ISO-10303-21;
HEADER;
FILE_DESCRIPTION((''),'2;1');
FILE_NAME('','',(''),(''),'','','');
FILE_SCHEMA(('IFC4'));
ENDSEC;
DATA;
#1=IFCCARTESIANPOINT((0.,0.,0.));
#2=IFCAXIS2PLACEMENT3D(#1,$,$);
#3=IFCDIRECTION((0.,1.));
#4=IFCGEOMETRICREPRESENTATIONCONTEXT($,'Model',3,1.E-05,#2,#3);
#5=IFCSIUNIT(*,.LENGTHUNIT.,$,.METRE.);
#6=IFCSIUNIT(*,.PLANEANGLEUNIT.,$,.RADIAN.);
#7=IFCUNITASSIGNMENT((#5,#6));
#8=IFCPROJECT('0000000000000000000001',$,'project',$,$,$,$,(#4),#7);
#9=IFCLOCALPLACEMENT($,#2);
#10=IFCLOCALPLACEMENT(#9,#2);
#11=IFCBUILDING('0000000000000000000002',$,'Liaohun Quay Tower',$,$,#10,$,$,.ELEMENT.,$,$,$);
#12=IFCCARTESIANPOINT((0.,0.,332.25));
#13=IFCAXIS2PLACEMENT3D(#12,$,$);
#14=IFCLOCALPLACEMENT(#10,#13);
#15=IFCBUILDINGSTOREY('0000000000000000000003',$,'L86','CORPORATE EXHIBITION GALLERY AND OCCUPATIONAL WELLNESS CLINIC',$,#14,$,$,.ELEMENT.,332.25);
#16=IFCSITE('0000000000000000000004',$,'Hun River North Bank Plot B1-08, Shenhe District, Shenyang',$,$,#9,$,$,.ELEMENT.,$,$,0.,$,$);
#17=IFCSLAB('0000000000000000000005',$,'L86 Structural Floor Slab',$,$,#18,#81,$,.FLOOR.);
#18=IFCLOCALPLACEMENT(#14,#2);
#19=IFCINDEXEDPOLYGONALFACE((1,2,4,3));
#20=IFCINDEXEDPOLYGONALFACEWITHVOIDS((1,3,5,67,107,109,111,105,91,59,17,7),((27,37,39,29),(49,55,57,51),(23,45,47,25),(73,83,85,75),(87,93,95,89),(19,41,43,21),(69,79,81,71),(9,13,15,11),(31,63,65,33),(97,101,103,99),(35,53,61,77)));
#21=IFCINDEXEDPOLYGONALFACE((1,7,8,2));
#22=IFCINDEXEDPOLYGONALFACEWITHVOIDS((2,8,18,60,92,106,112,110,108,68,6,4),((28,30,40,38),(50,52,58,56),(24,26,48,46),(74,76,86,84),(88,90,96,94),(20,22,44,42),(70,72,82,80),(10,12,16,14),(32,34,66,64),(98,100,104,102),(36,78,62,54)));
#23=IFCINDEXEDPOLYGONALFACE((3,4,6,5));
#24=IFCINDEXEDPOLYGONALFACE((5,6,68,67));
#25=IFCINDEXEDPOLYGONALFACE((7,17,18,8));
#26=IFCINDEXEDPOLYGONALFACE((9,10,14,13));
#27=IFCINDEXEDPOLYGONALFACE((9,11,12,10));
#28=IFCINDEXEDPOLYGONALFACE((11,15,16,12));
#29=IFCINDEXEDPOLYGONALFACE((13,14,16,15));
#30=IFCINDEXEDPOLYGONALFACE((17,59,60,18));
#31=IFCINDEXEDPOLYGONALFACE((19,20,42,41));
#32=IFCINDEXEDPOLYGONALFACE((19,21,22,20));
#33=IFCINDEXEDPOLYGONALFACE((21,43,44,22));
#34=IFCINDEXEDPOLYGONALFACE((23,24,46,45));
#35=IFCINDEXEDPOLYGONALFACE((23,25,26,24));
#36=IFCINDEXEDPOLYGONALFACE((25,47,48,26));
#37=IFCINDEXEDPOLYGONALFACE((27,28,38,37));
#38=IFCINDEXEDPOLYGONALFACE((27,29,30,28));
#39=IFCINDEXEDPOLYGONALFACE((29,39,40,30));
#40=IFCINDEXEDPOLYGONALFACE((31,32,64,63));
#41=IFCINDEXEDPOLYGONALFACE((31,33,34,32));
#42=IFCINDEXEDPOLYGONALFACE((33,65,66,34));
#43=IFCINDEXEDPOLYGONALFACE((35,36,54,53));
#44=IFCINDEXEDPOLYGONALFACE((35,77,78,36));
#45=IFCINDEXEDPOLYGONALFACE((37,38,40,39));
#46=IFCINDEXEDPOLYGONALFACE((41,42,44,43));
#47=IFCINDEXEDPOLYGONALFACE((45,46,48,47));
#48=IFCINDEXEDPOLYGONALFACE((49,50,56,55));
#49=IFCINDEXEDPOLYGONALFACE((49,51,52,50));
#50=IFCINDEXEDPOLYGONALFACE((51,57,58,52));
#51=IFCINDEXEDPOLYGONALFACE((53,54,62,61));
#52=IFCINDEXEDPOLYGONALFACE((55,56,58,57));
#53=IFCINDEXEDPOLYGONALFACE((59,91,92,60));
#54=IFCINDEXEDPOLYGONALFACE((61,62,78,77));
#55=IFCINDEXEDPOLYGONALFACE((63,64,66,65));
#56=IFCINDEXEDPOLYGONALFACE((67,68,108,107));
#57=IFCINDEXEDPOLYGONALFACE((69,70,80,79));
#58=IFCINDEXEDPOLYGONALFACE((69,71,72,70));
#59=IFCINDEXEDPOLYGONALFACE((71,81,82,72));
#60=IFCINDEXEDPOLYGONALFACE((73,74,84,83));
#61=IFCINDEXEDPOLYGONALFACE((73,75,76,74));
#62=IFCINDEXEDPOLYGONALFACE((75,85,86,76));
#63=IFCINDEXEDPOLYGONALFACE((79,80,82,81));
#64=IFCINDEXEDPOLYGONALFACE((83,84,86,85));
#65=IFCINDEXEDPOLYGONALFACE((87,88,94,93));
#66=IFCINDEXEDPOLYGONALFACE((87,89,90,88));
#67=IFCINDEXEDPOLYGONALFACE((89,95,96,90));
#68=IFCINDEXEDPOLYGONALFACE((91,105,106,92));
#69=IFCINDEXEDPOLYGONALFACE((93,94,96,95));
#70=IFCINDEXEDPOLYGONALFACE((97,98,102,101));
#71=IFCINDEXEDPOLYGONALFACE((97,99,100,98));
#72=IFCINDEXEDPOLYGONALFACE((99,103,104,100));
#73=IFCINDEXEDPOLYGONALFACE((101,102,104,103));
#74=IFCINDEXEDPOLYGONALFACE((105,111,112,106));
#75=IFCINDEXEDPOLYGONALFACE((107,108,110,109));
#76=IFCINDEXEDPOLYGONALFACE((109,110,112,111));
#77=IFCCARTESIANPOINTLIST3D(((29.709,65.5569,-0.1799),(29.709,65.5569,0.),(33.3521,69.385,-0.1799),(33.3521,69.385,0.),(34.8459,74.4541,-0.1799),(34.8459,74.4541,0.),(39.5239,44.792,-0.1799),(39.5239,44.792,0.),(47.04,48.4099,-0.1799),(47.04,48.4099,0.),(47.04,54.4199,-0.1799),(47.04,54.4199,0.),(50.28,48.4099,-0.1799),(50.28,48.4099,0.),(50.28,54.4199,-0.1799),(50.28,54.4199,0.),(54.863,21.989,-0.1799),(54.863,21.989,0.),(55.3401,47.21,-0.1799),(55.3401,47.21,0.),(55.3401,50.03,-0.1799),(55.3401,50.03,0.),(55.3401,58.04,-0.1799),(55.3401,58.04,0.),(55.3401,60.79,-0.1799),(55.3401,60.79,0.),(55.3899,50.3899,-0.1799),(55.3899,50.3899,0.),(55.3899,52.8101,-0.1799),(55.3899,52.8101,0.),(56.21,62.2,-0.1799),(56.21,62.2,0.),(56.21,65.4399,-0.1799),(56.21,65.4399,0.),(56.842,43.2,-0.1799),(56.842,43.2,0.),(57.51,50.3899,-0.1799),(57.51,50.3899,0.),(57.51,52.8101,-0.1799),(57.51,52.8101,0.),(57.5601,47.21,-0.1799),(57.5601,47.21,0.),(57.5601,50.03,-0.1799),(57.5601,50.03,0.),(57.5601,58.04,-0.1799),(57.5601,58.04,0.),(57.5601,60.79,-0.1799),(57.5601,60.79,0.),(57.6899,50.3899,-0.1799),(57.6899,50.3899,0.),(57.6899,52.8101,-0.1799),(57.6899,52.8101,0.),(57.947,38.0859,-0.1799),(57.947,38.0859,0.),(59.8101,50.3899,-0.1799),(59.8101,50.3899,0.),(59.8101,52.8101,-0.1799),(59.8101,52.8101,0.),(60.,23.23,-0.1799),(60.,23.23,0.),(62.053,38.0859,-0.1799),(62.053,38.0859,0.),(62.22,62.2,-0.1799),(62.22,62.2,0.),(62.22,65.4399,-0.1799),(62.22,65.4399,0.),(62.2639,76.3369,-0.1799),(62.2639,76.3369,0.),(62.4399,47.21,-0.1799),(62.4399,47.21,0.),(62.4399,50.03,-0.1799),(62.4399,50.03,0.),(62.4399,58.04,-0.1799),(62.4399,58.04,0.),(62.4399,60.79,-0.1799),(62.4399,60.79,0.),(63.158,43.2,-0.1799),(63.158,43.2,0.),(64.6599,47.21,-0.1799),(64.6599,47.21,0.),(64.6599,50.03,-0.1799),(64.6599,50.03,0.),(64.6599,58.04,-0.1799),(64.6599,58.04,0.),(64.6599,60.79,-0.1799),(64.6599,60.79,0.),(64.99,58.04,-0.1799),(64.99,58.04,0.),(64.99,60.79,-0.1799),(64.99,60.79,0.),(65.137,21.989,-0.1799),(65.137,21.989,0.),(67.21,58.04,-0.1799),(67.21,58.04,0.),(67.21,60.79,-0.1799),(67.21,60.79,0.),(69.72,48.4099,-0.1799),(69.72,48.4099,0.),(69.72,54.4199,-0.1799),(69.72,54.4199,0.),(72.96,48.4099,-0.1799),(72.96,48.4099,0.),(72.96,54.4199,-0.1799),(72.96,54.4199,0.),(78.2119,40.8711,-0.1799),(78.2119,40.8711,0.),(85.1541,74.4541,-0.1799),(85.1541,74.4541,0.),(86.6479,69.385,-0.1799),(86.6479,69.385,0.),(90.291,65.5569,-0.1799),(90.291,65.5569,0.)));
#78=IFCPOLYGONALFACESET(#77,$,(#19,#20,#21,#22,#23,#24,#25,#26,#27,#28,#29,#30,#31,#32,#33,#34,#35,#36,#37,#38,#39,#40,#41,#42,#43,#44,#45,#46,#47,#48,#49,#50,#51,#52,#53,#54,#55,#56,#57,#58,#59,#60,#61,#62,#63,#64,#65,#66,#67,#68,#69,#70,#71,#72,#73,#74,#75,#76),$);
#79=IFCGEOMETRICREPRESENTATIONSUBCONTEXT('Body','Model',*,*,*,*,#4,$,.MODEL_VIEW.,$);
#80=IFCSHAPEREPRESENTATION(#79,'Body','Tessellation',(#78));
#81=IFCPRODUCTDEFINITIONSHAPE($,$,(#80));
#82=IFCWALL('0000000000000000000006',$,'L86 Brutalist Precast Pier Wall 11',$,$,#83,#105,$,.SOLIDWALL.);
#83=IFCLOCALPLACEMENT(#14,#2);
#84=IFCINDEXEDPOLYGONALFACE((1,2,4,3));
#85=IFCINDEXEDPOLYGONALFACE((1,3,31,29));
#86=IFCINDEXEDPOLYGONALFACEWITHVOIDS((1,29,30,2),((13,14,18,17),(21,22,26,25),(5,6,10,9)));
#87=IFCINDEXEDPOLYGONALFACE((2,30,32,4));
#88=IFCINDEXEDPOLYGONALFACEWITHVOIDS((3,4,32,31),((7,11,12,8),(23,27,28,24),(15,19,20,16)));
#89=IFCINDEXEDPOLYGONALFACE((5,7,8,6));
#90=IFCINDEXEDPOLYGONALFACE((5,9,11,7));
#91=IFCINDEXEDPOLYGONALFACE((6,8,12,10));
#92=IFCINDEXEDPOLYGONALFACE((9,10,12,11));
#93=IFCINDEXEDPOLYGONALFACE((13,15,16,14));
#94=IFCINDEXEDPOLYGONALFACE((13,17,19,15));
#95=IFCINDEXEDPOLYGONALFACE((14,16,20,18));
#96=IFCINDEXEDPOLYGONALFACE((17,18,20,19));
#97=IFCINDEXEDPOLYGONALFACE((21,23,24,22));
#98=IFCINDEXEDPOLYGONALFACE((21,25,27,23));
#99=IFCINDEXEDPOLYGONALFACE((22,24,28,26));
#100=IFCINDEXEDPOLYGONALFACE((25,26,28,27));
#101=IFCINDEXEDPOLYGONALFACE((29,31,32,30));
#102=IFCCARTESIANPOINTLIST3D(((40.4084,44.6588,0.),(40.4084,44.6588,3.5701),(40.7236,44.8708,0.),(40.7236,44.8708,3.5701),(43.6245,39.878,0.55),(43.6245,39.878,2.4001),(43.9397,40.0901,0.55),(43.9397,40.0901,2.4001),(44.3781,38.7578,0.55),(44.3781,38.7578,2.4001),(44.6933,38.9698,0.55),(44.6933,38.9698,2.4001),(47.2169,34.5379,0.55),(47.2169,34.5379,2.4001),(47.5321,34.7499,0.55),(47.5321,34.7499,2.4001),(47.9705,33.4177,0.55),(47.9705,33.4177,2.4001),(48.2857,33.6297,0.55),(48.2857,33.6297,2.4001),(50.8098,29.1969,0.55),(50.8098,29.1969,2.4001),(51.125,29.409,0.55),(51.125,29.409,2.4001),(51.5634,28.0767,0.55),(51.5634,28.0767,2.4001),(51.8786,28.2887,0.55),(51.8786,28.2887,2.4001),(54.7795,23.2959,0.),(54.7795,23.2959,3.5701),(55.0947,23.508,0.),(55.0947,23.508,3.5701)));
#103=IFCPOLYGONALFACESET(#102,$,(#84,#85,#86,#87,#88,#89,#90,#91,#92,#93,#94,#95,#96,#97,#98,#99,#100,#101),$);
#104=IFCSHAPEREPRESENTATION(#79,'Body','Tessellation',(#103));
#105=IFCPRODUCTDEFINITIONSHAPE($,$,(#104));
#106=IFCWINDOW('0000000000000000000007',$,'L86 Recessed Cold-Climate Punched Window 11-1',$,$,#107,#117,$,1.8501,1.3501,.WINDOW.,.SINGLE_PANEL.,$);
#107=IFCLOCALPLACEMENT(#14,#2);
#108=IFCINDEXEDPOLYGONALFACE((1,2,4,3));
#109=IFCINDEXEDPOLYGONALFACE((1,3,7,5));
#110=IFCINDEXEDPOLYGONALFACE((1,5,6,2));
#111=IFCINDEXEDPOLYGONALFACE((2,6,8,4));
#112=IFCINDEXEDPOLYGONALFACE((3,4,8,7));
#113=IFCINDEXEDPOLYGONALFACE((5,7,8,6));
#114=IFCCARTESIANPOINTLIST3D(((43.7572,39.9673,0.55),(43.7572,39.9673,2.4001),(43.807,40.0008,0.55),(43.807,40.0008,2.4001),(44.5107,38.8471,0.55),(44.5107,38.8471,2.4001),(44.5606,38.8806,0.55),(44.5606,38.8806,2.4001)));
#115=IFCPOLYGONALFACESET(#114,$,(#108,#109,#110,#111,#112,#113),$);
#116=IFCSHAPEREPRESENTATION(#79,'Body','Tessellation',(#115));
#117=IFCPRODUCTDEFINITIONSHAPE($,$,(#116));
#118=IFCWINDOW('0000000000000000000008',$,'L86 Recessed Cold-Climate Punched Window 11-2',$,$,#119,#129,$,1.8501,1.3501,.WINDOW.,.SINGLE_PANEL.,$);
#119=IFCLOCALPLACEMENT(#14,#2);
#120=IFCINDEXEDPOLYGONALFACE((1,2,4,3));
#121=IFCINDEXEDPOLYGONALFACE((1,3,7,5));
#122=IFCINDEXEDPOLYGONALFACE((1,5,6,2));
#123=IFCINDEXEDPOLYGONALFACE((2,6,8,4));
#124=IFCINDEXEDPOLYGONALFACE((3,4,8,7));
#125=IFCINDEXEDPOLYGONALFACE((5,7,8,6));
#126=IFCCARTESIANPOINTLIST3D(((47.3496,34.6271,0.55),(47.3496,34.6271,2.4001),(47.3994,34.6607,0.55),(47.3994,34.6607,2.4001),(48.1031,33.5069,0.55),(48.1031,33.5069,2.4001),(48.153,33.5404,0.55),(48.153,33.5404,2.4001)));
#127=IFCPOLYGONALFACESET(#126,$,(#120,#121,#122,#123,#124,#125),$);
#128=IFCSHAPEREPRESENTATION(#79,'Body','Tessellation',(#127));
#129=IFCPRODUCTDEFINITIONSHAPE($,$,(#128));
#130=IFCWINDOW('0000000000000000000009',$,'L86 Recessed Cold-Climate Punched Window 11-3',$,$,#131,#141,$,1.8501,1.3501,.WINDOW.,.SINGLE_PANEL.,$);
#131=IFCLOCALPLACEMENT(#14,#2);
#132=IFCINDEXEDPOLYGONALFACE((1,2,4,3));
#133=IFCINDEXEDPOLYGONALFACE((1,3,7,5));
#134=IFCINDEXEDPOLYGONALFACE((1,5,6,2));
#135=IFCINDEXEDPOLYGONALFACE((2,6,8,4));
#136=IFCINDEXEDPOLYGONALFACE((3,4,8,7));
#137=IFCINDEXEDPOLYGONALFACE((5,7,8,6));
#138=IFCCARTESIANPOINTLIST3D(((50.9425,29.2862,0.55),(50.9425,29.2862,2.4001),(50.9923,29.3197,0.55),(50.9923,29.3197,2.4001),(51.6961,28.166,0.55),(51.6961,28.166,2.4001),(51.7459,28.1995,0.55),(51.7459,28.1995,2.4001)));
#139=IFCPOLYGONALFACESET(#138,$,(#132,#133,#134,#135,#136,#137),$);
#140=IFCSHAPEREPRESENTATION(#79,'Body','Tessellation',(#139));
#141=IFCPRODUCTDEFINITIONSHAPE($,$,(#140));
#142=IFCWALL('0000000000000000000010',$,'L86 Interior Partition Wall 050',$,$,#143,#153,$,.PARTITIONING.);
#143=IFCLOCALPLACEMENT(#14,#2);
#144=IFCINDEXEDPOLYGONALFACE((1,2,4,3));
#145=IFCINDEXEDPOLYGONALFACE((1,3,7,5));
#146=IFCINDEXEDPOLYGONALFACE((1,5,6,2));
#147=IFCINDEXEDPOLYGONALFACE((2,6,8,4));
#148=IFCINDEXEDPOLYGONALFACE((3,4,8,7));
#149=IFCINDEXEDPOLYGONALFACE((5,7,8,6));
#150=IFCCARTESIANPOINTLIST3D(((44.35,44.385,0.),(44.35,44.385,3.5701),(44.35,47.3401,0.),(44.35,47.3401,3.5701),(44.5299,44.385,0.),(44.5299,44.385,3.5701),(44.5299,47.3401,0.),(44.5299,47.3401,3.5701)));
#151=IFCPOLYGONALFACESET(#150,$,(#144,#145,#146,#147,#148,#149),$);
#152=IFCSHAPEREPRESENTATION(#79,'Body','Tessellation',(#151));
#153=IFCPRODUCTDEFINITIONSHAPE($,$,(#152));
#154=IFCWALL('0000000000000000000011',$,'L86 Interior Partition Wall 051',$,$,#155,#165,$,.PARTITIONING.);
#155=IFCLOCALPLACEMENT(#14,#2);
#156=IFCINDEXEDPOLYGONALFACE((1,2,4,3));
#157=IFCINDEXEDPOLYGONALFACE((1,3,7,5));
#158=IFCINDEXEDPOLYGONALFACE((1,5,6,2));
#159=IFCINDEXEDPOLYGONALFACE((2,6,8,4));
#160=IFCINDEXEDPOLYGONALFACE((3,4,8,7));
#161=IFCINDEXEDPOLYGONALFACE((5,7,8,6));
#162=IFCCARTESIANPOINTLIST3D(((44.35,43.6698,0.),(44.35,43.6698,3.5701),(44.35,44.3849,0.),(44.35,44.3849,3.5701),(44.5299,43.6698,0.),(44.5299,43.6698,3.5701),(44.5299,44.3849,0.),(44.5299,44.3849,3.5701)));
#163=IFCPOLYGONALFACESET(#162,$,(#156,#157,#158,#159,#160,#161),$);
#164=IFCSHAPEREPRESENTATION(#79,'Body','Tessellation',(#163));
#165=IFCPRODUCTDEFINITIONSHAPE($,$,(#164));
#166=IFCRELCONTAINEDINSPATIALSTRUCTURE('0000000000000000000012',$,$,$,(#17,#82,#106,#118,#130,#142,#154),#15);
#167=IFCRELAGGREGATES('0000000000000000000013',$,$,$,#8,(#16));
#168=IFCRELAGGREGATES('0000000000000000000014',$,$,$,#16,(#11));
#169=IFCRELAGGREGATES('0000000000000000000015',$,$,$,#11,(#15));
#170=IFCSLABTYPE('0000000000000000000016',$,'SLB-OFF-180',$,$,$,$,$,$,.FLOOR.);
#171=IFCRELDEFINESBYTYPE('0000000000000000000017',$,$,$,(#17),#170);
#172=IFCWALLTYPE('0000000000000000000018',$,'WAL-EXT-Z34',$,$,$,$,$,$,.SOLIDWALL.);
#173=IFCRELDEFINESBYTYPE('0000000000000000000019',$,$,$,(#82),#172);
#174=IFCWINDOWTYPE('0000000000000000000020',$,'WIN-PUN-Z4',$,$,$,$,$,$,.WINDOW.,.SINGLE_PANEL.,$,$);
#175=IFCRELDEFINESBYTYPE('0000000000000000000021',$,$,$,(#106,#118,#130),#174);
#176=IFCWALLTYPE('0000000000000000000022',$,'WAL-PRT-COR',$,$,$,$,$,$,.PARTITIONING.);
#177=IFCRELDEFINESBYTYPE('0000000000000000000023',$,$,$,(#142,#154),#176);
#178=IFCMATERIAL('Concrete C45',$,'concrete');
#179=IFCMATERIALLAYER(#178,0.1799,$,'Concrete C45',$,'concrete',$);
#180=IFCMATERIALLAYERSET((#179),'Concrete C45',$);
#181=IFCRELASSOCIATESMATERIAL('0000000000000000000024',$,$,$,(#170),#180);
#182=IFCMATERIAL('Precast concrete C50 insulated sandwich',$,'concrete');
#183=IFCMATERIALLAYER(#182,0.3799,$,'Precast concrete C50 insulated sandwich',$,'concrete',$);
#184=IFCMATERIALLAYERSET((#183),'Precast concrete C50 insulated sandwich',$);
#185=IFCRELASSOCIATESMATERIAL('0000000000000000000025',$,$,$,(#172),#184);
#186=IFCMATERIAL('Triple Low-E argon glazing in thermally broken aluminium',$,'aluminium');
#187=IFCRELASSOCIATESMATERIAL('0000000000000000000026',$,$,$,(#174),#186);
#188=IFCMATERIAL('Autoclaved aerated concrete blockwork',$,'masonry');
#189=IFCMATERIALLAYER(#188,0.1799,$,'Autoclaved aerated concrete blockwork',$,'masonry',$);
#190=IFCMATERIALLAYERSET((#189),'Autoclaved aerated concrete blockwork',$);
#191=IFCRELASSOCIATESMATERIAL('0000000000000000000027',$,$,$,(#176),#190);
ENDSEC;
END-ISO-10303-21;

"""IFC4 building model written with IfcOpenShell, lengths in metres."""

from ifc_helpers import new_model, si_unit, direction, frame, frame_2d, origin, place, context, subcontext, project, spatial, polyline, rectangle, outline, extrude, source, transform, mapped, material, layer, layer_set, type_object, element, fill, save


model = new_model("IFC4")

# Units and contexts
model_context = context("Model", 3, precision=1e-05, world=origin(), true_north=direction((0.0, 1.0)))
body_context = subcontext(model_context, "Body", "Model", "MODEL_VIEW")
ifc_project = project(units=[si_unit("LENGTHUNIT", "METRE"), si_unit("PLANEANGLEUNIT", "RADIAN")], contexts=[model_context])

# Site, building, storey
site_placement = place(None, origin())
site = spatial("IfcSite", under=ifc_project, at=site_placement, Name="Hun River North Bank Plot B1-08, Shenhe District, Shenyang", CompositionType="ELEMENT", RefElevation=0.0)
building_placement = place(site_placement, origin())
building = spatial("IfcBuilding", under=site, at=building_placement, Name="Liaohun Quay Tower", CompositionType="ELEMENT")
storey_placement = place(building_placement, frame((0.0, 0.0, 332.25)))
storey = spatial("IfcBuildingStorey", under=building, at=storey_placement, Name="L86", Description="CORPORATE EXHIBITION GALLERY AND OCCUPATIONAL WELLNESS CLINIC", CompositionType="ELEMENT", Elevation=332.25)

# Shared definitions
ifc_material_1 = material(Name="Concrete C45", Category="concrete")

# Slab
ifc_layer_1 = layer(ifc_material_1, 0.1799, Name="Concrete C45", Category="concrete")
ifc_layer_set_1 = layer_set([ifc_layer_1], Name="Concrete C45")
slab_type_1 = type_object("IfcSlabType", Name="SLB-OFF-180", PredefinedType="FLOOR", material=ifc_layer_set_1)
slab_1_placement = place(storey_placement, frame((0.0, 0.0, -0.1799)))
element("IfcSlab", 1, at=slab_1_placement, inside=storey, type_object=slab_type_1, Name="L86 Structural Floor Slab", PredefinedType="FLOOR", context=body_context, shape_type="SweptSolid", body=[
    extrude(outline(polyline([(54.863, 21.989), (60.0, 23.23), (65.137, 21.989), (78.2119, 40.8711), (90.291, 65.5569), (86.6479, 69.385), (85.1541, 74.4541), (62.2639, 76.3369), (34.8459, 74.4541), (33.3521, 69.385), (29.709, 65.5569), (39.5239, 44.792), (54.863, 21.989)]), holes=[polyline([(57.5601, 50.03), (55.3401, 50.03), (55.3401, 47.21), (57.5601, 47.21), (57.5601, 50.03)]), polyline([(47.04, 54.4199), (47.04, 48.4099), (50.28, 48.4099), (50.28, 54.4199), (47.04, 54.4199)]), polyline([(57.51, 52.8101), (55.3899, 52.8101), (55.3899, 50.3899), (57.51, 50.3899), (57.51, 52.8101)]), polyline([(59.8101, 50.3899), (59.8101, 52.8101), (57.6899, 52.8101), (57.6899, 50.3899), (59.8101, 50.3899)]), polyline([(57.5601, 58.04), (57.5601, 60.79), (55.3401, 60.79), (55.3401, 58.04), (57.5601, 58.04)]), polyline([(62.22, 65.4399), (56.21, 65.4399), (56.21, 62.2), (62.22, 62.2), (62.22, 65.4399)]), polyline([(62.053, 38.0859), (63.158, 43.2), (56.842, 43.2), (57.947, 38.0859), (62.053, 38.0859)]), polyline([(64.6599, 47.21), (64.6599, 50.03), (62.4399, 50.03), (62.4399, 47.21), (64.6599, 47.21)]), polyline([(69.72, 54.4199), (69.72, 48.4099), (72.96, 48.4099), (72.96, 54.4199), (69.72, 54.4199)]), polyline([(64.6599, 58.04), (64.6599, 60.79), (62.4399, 60.79), (62.4399, 58.04), (64.6599, 58.04)]), polyline([(67.21, 58.04), (67.21, 60.79), (64.99, 60.79), (64.99, 58.04), (67.21, 58.04)])]), origin(), (0.0, 0.0, 1.0), 0.1799),
])

# Wall, openings, windows
ifc_material_2 = material(Name="Precast concrete C50 insulated sandwich", Category="concrete")
ifc_layer_2 = layer(ifc_material_2, 0.3799, Name="Precast concrete C50 insulated sandwich", Category="concrete")
ifc_layer_set_2 = layer_set([ifc_layer_2], Name="Precast concrete C50 insulated sandwich")
wall_type_1 = type_object("IfcWallType", Name="WAL-EXT-Z34", PredefinedType="SOLIDWALL", material=ifc_layer_set_2)
wall_1_placement = place(storey_placement, frame((40.5659, 44.7649, 0.0), z_axis=(0.0, 0.0, 1.0), x_axis=(0.55817, -0.829726, 0.0)))
wall_1 = element("IfcWall", 2, at=wall_1_placement, inside=storey, type_object=wall_type_1, Name="L86 Brutalist Precast Pier Wall 11", PredefinedType="SOLIDWALL", context=body_context, shape_type="SweptSolid", body=[
    extrude(rectangle(XDim=25.7468, YDim=0.3799, at=frame_2d((12.8735, 0.0))), origin(), (0.0, 0.0, 1.0), 3.5701),
])
shared_shape_1 = source(origin(), body_context, "Body", "SweptSolid", [
    extrude(rectangle(XDim=1.3501, YDim=1.8501, at=frame_2d((0.675, 0.925))), frame((0.0, 0.2, 0.0), z_axis=(0.0, -1.0, 0.0), x_axis=(1.0, 0.0, 0.0)), (0.0, 0.0, 1.0), 0.3999),
])
opening_1_placement = place(wall_1_placement, frame((5.762, 0.0, 0.55)))
opening_1 = element("IfcOpeningElement", 3, at=opening_1_placement, cuts=wall_1, PredefinedType="OPENING", context=body_context, shape_type="MappedRepresentation", body=[
    mapped(shared_shape_1, transform((0.0, 0.0, 0.0), x_axis=(1.0, 0.0, 0.0), y_axis=(0.0, 1.0, 0.0), z_axis=(0.0, 0.0, 1.0), scale=1.0)),
])
opening_2_placement = place(wall_1_placement, frame((12.198, 0.0, 0.55)))
opening_2 = element("IfcOpeningElement", 4, at=opening_2_placement, cuts=wall_1, PredefinedType="OPENING", context=body_context, shape_type="MappedRepresentation", body=[
    mapped(shared_shape_1, transform((0.0, 0.0, 0.0), x_axis=(1.0, 0.0, 0.0), y_axis=(0.0, 1.0, 0.0), z_axis=(0.0, 0.0, 1.0), scale=1.0)),
])
opening_3_placement = place(wall_1_placement, frame((18.635, 0.0, 0.55)))
opening_3 = element("IfcOpeningElement", 5, at=opening_3_placement, cuts=wall_1, PredefinedType="OPENING", context=body_context, shape_type="MappedRepresentation", body=[
    mapped(shared_shape_1, transform((0.0, 0.0, 0.0), x_axis=(1.0, 0.0, 0.0), y_axis=(0.0, 1.0, 0.0), z_axis=(0.0, 0.0, 1.0), scale=1.0)),
])
ifc_material_3 = material(Name="Triple Low-E argon glazing in thermally broken aluminium", Category="aluminium")
window_type = type_object("IfcWindowType", Name="WIN-PUN-Z4", PartitioningType="SINGLE_PANEL", PredefinedType="WINDOW", material=ifc_material_3)
shared_shape_2 = source(origin(), body_context, "Body", "SweptSolid", [
    extrude(rectangle(XDim=1.3501, YDim=1.8501, at=frame_2d((0.675, 0.925))), frame((0.0, 0.03, 0.0), z_axis=(0.0, -1.0, 0.0), x_axis=(1.0, 0.0, 0.0)), (0.0, 0.0, 1.0), 0.0601),
])
window_1_placement = place(opening_1_placement, origin())
window_1 = element("IfcWindow", 6, at=window_1_placement, inside=storey, type_object=window_type, Name="L86 Recessed Cold-Climate Punched Window 11-1", OverallHeight=1.8501, OverallWidth=1.3501, PartitioningType="SINGLE_PANEL", PredefinedType="WINDOW", context=body_context, shape_type="MappedRepresentation", body=[
    mapped(shared_shape_2, transform((0.0, 0.0, 0.0), x_axis=(1.0, 0.0, 0.0), y_axis=(0.0, 1.0, 0.0), z_axis=(0.0, 0.0, 1.0), scale=1.0)),
])
fill(opening_1, window_1)
window_2_placement = place(opening_2_placement, origin())
window_2 = element("IfcWindow", 7, at=window_2_placement, inside=storey, type_object=window_type, Name="L86 Recessed Cold-Climate Punched Window 11-2", OverallHeight=1.8501, OverallWidth=1.3501, PartitioningType="SINGLE_PANEL", PredefinedType="WINDOW", context=body_context, shape_type="MappedRepresentation", body=[
    mapped(shared_shape_2, transform((0.0, 0.0, 0.0), x_axis=(1.0, 0.0, 0.0), y_axis=(0.0, 1.0, 0.0), z_axis=(0.0, 0.0, 1.0), scale=1.0)),
])
fill(opening_2, window_2)
window_3_placement = place(opening_3_placement, origin())
window_3 = element("IfcWindow", 8, at=window_3_placement, inside=storey, type_object=window_type, Name="L86 Recessed Cold-Climate Punched Window 11-3", OverallHeight=1.8501, OverallWidth=1.3501, PartitioningType="SINGLE_PANEL", PredefinedType="WINDOW", context=body_context, shape_type="MappedRepresentation", body=[
    mapped(shared_shape_2, transform((0.0, 0.0, 0.0), x_axis=(1.0, 0.0, 0.0), y_axis=(0.0, 1.0, 0.0), z_axis=(0.0, 0.0, 1.0), scale=1.0)),
])
fill(opening_3, window_3)

# Walls
ifc_material_4 = material(Name="Autoclaved aerated concrete blockwork", Category="masonry")
ifc_layer_3 = layer(ifc_material_4, 0.1799, Name="Autoclaved aerated concrete blockwork", Category="masonry")
ifc_layer_set_3 = layer_set([ifc_layer_3], Name="Autoclaved aerated concrete blockwork")
wall_type_2 = type_object("IfcWallType", Name="WAL-PRT-COR", PredefinedType="PARTITIONING", material=ifc_layer_set_3)
wall_2_placement = place(storey_placement, frame((44.4399, 44.385, 0.0), z_axis=(0.0, 0.0, 1.0), x_axis=(0.0, 1.0, 0.0)))
element("IfcWall", 9, at=wall_2_placement, inside=storey, type_object=wall_type_2, Name="L86 Interior Partition Wall 050", PredefinedType="PARTITIONING", context=body_context, shape_type="SweptSolid", body=[
    extrude(rectangle(XDim=2.9551, YDim=0.1799, at=frame_2d((1.4775, 0.0))), origin(), (0.0, 0.0, 1.0), 3.5701),
])
wall_3_placement = place(storey_placement, frame((44.4399, 43.6699, 0.0), z_axis=(0.0, 0.0, 1.0), x_axis=(0.0, 1.0, 0.0)))
element("IfcWall", 10, at=wall_3_placement, inside=storey, type_object=wall_type_2, Name="L86 Interior Partition Wall 051", PredefinedType="PARTITIONING", context=body_context, shape_type="SweptSolid", body=[
    extrude(rectangle(XDim=0.7151, YDim=0.1799, at=frame_2d((0.3574, 0.0))), origin(), (0.0, 0.0, 1.0), 3.5701),
])

save(model, "model.ifc")
